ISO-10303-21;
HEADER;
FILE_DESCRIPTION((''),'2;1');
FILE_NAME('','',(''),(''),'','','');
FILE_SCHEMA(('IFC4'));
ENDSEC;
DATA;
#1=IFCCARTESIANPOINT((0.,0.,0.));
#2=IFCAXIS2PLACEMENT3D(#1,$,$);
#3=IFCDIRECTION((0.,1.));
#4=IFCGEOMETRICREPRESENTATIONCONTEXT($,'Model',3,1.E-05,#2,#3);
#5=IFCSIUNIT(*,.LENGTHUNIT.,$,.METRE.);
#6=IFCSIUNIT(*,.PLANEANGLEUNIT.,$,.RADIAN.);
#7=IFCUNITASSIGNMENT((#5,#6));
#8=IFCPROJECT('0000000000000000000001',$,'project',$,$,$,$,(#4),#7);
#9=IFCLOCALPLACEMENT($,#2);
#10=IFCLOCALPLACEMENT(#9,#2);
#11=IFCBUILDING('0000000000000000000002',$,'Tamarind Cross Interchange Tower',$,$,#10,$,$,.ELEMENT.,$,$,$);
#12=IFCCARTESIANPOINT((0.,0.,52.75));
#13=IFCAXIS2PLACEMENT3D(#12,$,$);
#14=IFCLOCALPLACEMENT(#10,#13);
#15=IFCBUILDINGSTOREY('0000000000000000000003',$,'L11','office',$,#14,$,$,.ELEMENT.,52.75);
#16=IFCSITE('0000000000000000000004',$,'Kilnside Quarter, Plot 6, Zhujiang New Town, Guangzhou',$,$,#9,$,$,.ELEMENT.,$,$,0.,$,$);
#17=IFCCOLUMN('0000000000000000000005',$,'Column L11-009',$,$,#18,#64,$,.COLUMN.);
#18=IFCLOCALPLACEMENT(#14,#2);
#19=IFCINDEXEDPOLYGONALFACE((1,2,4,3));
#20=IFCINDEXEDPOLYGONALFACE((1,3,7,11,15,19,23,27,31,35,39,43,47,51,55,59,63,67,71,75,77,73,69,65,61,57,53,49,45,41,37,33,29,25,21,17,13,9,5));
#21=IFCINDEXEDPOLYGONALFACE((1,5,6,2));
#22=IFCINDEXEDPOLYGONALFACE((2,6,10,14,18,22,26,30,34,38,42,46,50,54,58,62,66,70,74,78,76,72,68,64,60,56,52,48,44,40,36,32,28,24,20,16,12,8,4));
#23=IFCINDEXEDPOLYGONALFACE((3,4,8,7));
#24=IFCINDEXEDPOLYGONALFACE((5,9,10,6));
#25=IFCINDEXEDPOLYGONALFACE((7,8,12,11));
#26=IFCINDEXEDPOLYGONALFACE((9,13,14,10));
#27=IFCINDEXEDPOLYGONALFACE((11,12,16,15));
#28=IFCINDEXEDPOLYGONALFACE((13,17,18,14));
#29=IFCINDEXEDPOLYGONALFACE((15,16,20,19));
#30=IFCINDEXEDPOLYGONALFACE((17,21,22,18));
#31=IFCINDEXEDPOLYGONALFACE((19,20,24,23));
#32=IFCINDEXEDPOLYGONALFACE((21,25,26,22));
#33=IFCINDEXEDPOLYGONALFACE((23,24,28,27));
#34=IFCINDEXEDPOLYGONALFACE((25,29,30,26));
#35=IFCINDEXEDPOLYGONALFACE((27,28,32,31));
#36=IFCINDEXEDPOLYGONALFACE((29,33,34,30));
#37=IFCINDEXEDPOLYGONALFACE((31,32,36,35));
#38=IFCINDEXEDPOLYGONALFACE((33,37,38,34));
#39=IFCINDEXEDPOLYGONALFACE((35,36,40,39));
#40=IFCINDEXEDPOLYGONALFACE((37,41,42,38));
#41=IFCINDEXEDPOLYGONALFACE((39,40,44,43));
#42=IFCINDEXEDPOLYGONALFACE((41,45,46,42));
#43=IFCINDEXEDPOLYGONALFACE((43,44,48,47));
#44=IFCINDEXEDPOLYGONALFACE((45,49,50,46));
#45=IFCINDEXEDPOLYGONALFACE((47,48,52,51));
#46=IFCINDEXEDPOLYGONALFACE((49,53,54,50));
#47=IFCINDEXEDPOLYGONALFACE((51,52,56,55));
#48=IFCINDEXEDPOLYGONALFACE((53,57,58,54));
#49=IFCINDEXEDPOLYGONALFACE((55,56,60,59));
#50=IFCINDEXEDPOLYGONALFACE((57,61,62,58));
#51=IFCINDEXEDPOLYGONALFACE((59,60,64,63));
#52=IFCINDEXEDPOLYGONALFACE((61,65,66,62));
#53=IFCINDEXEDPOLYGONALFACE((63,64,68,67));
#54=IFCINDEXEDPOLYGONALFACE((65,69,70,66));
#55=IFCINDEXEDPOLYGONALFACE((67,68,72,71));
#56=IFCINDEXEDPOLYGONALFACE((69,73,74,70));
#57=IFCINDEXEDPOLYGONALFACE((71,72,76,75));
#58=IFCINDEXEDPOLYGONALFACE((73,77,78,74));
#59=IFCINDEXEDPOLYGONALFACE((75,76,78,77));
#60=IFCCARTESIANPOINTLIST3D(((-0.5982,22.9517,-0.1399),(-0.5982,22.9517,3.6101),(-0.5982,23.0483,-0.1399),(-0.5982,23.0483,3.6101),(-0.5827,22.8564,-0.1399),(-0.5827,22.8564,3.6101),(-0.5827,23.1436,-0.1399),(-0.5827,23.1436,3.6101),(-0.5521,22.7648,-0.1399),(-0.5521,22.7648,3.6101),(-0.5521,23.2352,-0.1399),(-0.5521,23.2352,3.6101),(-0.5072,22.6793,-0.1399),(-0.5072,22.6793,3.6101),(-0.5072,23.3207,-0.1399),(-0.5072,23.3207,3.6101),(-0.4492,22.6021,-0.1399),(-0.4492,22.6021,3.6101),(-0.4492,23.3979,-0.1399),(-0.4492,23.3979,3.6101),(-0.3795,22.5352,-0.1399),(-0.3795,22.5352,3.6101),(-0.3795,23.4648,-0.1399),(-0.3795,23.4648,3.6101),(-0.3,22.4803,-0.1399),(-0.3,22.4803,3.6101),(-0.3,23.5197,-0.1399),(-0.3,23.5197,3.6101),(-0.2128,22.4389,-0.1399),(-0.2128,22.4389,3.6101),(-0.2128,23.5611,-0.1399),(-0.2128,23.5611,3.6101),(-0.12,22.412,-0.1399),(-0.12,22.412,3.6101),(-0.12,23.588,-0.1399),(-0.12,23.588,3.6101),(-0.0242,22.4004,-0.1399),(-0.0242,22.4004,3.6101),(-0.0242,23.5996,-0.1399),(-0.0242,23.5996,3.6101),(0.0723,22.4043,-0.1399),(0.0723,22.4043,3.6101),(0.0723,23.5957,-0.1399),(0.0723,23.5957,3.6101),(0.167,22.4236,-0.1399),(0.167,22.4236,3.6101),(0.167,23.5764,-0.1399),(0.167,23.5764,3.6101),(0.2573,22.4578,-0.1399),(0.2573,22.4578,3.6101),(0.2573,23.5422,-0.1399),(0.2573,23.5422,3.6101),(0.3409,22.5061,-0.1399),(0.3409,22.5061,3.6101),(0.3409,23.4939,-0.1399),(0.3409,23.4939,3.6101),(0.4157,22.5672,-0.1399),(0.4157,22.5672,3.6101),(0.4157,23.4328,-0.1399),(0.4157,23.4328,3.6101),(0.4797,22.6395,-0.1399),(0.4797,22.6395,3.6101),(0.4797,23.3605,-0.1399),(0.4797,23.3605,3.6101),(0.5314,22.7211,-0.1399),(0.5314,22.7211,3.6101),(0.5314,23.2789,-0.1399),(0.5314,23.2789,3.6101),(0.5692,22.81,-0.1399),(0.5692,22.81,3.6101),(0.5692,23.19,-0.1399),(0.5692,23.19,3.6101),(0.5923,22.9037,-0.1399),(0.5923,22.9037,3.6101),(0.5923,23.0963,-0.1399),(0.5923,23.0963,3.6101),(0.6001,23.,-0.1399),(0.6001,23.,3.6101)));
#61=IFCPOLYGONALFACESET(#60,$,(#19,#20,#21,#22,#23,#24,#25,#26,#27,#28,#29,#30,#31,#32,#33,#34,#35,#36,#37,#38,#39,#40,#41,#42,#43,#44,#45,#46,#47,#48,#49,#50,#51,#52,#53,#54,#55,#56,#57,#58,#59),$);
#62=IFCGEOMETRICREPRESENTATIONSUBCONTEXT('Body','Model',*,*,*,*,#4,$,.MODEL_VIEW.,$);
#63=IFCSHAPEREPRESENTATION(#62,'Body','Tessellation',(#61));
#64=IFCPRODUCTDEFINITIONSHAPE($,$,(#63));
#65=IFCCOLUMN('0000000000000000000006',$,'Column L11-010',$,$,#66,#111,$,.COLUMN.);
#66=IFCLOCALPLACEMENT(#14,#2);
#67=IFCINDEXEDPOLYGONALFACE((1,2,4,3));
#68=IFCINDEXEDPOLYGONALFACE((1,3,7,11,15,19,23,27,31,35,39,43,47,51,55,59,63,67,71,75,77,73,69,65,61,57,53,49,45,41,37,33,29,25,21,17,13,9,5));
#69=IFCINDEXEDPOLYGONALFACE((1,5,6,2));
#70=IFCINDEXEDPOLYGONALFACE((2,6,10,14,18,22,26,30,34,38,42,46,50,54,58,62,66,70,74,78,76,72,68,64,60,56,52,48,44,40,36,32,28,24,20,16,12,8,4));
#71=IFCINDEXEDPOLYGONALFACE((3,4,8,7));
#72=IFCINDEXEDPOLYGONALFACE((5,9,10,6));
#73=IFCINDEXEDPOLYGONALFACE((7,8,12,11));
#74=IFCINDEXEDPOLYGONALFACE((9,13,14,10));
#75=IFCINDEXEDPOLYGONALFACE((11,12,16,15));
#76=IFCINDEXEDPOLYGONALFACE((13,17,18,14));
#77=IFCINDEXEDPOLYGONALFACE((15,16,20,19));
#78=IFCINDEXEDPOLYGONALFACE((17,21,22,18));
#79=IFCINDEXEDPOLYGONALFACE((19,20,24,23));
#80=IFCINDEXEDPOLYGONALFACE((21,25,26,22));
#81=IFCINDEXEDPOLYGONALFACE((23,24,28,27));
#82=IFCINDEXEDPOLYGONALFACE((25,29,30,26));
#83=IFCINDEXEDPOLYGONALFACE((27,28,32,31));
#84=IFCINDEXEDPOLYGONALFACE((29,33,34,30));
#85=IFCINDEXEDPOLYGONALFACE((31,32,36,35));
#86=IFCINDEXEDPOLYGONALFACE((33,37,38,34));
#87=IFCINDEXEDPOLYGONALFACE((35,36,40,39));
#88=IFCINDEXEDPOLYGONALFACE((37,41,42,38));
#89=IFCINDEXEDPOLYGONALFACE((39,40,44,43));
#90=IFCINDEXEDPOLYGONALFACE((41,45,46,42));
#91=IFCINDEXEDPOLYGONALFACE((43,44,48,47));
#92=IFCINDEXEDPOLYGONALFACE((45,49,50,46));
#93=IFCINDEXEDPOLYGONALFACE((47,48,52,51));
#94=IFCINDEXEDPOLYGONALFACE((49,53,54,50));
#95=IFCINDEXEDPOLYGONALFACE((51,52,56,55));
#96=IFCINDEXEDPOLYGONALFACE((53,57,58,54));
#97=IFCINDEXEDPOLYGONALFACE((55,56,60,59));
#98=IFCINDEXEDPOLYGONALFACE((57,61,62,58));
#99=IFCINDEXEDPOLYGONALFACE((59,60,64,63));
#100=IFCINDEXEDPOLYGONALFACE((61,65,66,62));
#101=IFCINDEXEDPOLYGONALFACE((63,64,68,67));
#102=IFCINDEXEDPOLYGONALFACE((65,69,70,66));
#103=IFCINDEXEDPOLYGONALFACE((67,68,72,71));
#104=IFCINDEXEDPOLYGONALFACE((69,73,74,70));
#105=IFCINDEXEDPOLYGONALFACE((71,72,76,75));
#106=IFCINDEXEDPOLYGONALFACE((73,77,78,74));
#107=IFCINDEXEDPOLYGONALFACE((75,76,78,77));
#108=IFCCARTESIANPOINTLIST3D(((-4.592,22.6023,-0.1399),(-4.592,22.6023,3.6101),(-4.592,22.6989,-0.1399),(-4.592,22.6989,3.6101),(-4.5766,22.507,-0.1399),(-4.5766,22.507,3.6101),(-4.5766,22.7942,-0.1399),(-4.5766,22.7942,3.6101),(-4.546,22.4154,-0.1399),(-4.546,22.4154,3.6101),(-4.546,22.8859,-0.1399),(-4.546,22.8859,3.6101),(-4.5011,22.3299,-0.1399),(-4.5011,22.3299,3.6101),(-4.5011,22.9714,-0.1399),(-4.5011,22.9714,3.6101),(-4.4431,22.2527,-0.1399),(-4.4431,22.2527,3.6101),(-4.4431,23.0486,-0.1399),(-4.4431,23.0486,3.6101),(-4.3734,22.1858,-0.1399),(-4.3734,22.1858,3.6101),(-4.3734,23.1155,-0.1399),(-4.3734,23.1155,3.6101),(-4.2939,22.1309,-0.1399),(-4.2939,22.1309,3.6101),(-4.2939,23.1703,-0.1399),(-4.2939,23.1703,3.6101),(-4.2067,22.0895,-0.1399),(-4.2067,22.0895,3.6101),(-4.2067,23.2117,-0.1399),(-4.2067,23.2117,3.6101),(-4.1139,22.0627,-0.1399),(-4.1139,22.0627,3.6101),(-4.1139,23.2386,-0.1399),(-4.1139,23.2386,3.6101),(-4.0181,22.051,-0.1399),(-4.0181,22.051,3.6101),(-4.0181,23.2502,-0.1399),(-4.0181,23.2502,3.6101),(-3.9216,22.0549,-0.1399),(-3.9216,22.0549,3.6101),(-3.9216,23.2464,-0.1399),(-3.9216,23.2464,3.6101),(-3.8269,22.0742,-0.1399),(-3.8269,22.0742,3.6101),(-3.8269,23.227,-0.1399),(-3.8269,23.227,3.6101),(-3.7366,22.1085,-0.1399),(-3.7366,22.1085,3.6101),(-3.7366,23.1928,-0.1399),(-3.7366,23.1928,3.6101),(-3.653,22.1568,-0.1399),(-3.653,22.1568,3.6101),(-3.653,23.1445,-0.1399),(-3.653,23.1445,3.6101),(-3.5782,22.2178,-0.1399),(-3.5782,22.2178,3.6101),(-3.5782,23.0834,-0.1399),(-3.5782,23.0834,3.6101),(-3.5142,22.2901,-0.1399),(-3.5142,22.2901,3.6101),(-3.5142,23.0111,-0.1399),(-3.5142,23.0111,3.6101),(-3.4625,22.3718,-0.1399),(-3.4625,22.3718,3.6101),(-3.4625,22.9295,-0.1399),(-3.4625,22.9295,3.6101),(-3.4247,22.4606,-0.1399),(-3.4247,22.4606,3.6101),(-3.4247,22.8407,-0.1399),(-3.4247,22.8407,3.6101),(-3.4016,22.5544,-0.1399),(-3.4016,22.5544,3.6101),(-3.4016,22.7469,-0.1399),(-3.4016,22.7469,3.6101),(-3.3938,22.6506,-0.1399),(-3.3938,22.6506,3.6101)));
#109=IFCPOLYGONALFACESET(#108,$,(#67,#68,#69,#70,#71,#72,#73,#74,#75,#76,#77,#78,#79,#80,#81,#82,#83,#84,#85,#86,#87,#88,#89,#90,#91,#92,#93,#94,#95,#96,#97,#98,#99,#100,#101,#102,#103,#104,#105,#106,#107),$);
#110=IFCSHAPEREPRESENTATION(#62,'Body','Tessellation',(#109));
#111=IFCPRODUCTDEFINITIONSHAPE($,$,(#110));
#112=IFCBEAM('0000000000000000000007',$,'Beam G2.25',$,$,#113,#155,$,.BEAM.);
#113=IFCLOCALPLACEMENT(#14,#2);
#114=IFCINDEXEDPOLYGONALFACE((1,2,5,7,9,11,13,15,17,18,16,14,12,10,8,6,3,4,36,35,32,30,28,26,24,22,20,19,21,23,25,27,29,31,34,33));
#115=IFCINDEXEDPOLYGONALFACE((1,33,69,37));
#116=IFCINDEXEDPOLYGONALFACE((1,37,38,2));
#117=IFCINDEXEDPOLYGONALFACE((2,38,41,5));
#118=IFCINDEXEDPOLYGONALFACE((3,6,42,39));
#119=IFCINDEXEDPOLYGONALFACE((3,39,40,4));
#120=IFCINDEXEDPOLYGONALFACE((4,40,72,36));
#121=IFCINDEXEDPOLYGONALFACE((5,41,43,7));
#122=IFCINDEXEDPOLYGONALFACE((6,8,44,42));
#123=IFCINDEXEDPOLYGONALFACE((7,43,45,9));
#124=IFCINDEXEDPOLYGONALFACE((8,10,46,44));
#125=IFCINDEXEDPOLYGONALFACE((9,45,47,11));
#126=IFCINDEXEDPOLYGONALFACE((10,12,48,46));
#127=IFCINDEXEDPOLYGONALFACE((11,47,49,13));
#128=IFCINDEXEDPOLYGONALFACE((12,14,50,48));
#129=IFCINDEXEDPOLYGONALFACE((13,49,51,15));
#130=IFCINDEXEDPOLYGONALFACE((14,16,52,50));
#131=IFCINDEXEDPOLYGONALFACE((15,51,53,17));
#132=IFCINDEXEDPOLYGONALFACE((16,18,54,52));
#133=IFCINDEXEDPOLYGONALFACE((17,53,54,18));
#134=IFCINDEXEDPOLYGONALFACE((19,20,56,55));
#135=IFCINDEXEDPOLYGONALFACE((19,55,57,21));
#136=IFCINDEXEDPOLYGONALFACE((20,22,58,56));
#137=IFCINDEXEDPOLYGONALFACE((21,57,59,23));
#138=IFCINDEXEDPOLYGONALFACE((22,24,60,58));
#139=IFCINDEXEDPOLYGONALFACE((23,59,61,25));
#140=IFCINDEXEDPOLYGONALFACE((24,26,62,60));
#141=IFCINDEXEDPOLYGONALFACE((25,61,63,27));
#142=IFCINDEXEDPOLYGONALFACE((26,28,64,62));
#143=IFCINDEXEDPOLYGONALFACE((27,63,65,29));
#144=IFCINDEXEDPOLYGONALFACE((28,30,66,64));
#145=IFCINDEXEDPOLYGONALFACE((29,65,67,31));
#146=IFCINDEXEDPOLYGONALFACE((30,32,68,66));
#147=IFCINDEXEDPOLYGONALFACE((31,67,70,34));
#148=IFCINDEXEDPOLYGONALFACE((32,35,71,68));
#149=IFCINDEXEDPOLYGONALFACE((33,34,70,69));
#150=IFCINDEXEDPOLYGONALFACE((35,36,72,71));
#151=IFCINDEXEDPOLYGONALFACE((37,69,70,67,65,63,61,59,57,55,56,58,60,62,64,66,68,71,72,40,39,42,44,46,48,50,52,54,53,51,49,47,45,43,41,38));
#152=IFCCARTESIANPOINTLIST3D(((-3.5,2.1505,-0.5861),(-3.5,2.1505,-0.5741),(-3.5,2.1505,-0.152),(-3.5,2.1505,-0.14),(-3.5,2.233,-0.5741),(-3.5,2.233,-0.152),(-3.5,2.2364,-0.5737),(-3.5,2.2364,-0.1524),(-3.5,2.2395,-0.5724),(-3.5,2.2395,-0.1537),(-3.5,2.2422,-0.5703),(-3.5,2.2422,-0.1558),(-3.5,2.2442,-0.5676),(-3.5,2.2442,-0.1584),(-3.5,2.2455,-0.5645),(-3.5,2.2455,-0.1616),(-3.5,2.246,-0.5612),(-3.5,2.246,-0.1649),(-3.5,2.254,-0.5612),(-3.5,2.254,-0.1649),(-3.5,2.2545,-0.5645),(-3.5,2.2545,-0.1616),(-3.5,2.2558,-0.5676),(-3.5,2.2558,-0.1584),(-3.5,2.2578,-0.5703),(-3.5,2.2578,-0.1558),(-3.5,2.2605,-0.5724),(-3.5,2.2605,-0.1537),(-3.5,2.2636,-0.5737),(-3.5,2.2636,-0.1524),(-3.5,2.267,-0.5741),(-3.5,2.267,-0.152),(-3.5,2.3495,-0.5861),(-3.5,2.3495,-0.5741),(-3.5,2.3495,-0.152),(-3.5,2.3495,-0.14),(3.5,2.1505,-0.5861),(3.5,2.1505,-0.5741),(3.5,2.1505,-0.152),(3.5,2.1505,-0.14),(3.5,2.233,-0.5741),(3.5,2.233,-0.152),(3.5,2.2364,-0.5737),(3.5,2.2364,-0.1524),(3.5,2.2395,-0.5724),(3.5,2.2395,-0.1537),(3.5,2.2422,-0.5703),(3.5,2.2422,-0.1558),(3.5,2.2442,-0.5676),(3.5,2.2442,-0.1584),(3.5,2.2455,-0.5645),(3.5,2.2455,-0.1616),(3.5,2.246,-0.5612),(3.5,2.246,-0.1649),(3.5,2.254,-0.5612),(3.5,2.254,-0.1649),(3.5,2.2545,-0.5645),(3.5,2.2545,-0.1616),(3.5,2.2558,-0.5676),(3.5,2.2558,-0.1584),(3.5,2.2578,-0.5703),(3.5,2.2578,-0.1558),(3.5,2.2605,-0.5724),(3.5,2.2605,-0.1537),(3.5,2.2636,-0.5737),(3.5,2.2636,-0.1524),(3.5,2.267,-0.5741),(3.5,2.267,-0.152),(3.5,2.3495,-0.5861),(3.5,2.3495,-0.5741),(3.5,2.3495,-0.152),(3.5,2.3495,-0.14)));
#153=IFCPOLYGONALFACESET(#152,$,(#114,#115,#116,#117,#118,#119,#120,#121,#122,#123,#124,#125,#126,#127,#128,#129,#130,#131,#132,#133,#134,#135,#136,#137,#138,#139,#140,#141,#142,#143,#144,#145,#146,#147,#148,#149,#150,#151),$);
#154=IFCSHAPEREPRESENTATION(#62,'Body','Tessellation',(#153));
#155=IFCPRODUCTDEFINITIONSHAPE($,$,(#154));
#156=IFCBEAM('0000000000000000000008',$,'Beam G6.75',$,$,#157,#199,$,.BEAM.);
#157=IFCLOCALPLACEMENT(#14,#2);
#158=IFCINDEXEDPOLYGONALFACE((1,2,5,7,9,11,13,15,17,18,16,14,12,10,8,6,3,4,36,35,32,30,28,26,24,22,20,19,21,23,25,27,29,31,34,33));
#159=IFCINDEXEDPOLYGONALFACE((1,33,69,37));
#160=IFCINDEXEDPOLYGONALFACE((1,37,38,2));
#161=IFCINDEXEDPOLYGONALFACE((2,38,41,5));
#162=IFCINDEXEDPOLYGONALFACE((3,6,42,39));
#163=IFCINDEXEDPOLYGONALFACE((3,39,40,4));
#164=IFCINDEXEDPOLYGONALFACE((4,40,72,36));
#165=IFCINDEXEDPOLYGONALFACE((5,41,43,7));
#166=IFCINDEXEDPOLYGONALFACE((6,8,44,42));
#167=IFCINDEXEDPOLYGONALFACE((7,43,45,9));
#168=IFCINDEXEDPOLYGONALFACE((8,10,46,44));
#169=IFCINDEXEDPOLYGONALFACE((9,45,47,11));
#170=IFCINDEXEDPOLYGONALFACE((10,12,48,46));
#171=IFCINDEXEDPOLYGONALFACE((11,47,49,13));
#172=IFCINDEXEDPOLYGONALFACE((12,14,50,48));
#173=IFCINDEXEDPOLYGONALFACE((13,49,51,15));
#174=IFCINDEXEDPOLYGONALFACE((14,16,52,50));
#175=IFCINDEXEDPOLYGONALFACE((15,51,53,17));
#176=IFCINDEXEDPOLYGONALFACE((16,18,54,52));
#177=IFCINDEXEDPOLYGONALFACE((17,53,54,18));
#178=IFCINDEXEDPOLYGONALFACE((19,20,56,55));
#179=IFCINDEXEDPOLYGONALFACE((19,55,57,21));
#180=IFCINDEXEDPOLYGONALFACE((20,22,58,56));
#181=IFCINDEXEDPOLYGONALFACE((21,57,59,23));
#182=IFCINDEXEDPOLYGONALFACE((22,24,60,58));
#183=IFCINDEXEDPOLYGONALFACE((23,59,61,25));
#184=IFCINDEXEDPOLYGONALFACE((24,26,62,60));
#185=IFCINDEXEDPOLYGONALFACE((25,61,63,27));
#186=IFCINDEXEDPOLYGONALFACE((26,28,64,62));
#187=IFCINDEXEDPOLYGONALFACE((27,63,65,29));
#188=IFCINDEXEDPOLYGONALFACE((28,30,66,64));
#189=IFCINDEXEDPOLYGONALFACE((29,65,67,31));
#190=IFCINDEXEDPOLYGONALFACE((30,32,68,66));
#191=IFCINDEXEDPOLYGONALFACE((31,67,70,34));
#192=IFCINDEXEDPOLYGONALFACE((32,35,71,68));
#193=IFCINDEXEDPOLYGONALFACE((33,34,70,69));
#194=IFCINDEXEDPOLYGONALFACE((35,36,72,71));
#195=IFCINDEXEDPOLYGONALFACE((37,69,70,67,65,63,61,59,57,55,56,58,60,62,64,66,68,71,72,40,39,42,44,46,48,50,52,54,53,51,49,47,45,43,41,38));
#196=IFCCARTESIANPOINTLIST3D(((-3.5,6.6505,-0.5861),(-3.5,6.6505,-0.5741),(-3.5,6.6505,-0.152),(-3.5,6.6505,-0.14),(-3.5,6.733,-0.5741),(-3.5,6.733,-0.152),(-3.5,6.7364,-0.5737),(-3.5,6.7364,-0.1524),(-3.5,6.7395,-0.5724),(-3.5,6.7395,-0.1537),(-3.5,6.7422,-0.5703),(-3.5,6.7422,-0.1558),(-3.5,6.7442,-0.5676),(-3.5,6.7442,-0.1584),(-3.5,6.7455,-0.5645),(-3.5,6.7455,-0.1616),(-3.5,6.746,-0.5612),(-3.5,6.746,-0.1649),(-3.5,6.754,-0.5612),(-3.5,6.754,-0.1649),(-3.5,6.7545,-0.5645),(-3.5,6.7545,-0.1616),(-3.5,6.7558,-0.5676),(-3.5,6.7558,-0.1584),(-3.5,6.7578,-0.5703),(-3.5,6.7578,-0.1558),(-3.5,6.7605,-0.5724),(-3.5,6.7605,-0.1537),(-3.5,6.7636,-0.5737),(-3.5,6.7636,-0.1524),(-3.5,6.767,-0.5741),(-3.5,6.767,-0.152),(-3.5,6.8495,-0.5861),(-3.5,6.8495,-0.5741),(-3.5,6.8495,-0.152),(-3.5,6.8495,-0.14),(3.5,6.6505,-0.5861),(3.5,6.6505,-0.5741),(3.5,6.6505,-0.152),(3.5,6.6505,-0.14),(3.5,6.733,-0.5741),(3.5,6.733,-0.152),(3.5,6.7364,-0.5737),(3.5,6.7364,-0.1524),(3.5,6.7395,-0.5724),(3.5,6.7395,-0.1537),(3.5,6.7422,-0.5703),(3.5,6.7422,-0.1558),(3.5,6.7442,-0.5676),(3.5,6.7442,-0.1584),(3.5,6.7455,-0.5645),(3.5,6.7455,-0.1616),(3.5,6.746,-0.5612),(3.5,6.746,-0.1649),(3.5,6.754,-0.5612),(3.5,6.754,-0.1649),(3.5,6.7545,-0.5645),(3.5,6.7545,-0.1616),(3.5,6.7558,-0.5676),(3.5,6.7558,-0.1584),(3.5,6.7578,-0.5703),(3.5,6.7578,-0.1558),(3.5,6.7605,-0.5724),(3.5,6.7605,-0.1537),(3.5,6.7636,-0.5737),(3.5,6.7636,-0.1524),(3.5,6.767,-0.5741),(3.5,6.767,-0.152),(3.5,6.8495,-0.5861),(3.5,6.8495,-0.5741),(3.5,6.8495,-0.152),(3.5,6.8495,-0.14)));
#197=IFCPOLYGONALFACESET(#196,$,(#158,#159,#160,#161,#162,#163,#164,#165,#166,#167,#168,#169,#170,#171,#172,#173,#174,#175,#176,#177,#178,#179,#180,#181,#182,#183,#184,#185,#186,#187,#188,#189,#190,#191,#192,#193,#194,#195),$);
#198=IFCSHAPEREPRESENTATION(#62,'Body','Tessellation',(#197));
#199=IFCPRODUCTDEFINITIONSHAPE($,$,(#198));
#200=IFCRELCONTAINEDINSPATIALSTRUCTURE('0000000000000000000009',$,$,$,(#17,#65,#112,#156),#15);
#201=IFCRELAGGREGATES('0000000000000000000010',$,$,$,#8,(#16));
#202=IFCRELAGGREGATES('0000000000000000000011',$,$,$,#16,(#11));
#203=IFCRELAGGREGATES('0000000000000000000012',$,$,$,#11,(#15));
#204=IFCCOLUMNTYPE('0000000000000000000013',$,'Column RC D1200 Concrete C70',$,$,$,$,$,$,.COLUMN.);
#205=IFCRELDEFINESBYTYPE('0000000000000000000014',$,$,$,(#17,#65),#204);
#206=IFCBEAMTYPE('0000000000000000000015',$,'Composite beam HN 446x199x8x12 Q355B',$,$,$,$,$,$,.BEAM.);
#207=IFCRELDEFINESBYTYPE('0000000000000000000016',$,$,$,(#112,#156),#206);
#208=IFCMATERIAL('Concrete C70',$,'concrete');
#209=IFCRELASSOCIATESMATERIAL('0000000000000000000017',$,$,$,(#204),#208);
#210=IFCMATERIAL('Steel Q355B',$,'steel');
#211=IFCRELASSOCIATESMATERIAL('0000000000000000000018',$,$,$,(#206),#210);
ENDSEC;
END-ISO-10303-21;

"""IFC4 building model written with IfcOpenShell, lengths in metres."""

from ifc_helpers import new_model, si_unit, direction, frame, origin, origin_2d, place, context, subcontext, project, spatial, circle, i_section, extrude, material, material_profile, profile_set, type_object, element, save


model = new_model("IFC4")

# Units and contexts
model_context = context("Model", 3, precision=1e-05, world=origin(), true_north=direction((0.0, 1.0)))
body_context = subcontext(model_context, "Body", "Model", "MODEL_VIEW")
ifc_project = project(units=[si_unit("LENGTHUNIT", "METRE"), si_unit("PLANEANGLEUNIT", "RADIAN")], contexts=[model_context])

# Site, building, storey
site_placement = place(None, origin())
site = spatial("IfcSite", under=ifc_project, at=site_placement, Name="Kilnside Quarter, Plot 6, Zhujiang New Town, Guangzhou", CompositionType="ELEMENT", RefElevation=0.0)
building_placement = place(site_placement, origin())
building = spatial("IfcBuilding", under=site, at=building_placement, Name="Tamarind Cross Interchange Tower", CompositionType="ELEMENT")
storey_placement = place(building_placement, frame((0.0, 0.0, 52.75)))
storey = spatial("IfcBuildingStorey", under=building, at=storey_placement, Name="L11", Description="office", CompositionType="ELEMENT", Elevation=52.75)

# Columns
ifc_material_1 = material(Name="Concrete C70", Category="concrete")
ifc_material_profile_1 = material_profile(ifc_material_1, circle(Radius=0.6001, at=origin_2d()), Name="RC D1200")
ifc_profile_set_1 = profile_set([ifc_material_profile_1], Name="Concrete C70")
column_type = type_object("IfcColumnType", Name="Column RC D1200 Concrete C70", PredefinedType="COLUMN", material=ifc_profile_set_1)
for number, where, z_axis, x_axis, name in (
    (1, (0.0, 23.0, -0.1399), (0.0, 0.0, 1.0), (1.0, 0.0, 0.0), "Column L11-009"),
    (2, (-3.9939, 22.6506, -0.1399), (0.0, 0.0, 1.0), (1.0, 0.0, 0.0), "Column L11-010"),
):
    element("IfcColumn", number, at=place(storey_placement, frame(where, z_axis=z_axis, x_axis=x_axis)), inside=storey, type_object=column_type, Name=name, PredefinedType="COLUMN", context=body_context, shape_type="SweptSolid", body=[
        extrude(circle(Radius=0.6001, at=origin_2d()), origin(), (0.0, 0.0, 1.0), 3.75),
    ])

# Beams
ifc_material_2 = material(Name="Steel Q355B", Category="steel")
ifc_material_profile_2 = material_profile(ifc_material_2, i_section(OverallWidth=0.199, OverallDepth=0.446, WebThickness=0.0081, FlangeThickness=0.012, FilletRadius=0.0129, at=origin_2d()), Name="HN 446x199x8x12")
ifc_profile_set_2 = profile_set([ifc_material_profile_2], Name="Steel Q355B")
beam_type_1 = type_object("IfcBeamType", Name="Composite beam HN 446x199x8x12 Q355B", PredefinedType="BEAM", material=ifc_profile_set_2)
for number, where, z_axis, x_axis, name in (
    (3, (-3.5, 2.25, -0.363), (1.0, 0.0, 0.0), (0.0, 1.0, 0.0), "Beam G2.25"),
    (4, (-3.5, 6.75, -0.363), (1.0, 0.0, 0.0), (0.0, 1.0, 0.0), "Beam G6.75"),
):
    element("IfcBeam", number, at=place(storey_placement, frame(where, z_axis=z_axis, x_axis=x_axis)), inside=storey, type_object=beam_type_1, Name=name, PredefinedType="BEAM", context=body_context, shape_type="SweptSolid", body=[
        extrude(i_section(OverallWidth=0.199, OverallDepth=0.446, WebThickness=0.0081, FlangeThickness=0.012, FilletRadius=0.0129, at=origin_2d()), origin(), (0.0, 0.0, 1.0), 7.0),
    ])

save(model, "model.ifc")
